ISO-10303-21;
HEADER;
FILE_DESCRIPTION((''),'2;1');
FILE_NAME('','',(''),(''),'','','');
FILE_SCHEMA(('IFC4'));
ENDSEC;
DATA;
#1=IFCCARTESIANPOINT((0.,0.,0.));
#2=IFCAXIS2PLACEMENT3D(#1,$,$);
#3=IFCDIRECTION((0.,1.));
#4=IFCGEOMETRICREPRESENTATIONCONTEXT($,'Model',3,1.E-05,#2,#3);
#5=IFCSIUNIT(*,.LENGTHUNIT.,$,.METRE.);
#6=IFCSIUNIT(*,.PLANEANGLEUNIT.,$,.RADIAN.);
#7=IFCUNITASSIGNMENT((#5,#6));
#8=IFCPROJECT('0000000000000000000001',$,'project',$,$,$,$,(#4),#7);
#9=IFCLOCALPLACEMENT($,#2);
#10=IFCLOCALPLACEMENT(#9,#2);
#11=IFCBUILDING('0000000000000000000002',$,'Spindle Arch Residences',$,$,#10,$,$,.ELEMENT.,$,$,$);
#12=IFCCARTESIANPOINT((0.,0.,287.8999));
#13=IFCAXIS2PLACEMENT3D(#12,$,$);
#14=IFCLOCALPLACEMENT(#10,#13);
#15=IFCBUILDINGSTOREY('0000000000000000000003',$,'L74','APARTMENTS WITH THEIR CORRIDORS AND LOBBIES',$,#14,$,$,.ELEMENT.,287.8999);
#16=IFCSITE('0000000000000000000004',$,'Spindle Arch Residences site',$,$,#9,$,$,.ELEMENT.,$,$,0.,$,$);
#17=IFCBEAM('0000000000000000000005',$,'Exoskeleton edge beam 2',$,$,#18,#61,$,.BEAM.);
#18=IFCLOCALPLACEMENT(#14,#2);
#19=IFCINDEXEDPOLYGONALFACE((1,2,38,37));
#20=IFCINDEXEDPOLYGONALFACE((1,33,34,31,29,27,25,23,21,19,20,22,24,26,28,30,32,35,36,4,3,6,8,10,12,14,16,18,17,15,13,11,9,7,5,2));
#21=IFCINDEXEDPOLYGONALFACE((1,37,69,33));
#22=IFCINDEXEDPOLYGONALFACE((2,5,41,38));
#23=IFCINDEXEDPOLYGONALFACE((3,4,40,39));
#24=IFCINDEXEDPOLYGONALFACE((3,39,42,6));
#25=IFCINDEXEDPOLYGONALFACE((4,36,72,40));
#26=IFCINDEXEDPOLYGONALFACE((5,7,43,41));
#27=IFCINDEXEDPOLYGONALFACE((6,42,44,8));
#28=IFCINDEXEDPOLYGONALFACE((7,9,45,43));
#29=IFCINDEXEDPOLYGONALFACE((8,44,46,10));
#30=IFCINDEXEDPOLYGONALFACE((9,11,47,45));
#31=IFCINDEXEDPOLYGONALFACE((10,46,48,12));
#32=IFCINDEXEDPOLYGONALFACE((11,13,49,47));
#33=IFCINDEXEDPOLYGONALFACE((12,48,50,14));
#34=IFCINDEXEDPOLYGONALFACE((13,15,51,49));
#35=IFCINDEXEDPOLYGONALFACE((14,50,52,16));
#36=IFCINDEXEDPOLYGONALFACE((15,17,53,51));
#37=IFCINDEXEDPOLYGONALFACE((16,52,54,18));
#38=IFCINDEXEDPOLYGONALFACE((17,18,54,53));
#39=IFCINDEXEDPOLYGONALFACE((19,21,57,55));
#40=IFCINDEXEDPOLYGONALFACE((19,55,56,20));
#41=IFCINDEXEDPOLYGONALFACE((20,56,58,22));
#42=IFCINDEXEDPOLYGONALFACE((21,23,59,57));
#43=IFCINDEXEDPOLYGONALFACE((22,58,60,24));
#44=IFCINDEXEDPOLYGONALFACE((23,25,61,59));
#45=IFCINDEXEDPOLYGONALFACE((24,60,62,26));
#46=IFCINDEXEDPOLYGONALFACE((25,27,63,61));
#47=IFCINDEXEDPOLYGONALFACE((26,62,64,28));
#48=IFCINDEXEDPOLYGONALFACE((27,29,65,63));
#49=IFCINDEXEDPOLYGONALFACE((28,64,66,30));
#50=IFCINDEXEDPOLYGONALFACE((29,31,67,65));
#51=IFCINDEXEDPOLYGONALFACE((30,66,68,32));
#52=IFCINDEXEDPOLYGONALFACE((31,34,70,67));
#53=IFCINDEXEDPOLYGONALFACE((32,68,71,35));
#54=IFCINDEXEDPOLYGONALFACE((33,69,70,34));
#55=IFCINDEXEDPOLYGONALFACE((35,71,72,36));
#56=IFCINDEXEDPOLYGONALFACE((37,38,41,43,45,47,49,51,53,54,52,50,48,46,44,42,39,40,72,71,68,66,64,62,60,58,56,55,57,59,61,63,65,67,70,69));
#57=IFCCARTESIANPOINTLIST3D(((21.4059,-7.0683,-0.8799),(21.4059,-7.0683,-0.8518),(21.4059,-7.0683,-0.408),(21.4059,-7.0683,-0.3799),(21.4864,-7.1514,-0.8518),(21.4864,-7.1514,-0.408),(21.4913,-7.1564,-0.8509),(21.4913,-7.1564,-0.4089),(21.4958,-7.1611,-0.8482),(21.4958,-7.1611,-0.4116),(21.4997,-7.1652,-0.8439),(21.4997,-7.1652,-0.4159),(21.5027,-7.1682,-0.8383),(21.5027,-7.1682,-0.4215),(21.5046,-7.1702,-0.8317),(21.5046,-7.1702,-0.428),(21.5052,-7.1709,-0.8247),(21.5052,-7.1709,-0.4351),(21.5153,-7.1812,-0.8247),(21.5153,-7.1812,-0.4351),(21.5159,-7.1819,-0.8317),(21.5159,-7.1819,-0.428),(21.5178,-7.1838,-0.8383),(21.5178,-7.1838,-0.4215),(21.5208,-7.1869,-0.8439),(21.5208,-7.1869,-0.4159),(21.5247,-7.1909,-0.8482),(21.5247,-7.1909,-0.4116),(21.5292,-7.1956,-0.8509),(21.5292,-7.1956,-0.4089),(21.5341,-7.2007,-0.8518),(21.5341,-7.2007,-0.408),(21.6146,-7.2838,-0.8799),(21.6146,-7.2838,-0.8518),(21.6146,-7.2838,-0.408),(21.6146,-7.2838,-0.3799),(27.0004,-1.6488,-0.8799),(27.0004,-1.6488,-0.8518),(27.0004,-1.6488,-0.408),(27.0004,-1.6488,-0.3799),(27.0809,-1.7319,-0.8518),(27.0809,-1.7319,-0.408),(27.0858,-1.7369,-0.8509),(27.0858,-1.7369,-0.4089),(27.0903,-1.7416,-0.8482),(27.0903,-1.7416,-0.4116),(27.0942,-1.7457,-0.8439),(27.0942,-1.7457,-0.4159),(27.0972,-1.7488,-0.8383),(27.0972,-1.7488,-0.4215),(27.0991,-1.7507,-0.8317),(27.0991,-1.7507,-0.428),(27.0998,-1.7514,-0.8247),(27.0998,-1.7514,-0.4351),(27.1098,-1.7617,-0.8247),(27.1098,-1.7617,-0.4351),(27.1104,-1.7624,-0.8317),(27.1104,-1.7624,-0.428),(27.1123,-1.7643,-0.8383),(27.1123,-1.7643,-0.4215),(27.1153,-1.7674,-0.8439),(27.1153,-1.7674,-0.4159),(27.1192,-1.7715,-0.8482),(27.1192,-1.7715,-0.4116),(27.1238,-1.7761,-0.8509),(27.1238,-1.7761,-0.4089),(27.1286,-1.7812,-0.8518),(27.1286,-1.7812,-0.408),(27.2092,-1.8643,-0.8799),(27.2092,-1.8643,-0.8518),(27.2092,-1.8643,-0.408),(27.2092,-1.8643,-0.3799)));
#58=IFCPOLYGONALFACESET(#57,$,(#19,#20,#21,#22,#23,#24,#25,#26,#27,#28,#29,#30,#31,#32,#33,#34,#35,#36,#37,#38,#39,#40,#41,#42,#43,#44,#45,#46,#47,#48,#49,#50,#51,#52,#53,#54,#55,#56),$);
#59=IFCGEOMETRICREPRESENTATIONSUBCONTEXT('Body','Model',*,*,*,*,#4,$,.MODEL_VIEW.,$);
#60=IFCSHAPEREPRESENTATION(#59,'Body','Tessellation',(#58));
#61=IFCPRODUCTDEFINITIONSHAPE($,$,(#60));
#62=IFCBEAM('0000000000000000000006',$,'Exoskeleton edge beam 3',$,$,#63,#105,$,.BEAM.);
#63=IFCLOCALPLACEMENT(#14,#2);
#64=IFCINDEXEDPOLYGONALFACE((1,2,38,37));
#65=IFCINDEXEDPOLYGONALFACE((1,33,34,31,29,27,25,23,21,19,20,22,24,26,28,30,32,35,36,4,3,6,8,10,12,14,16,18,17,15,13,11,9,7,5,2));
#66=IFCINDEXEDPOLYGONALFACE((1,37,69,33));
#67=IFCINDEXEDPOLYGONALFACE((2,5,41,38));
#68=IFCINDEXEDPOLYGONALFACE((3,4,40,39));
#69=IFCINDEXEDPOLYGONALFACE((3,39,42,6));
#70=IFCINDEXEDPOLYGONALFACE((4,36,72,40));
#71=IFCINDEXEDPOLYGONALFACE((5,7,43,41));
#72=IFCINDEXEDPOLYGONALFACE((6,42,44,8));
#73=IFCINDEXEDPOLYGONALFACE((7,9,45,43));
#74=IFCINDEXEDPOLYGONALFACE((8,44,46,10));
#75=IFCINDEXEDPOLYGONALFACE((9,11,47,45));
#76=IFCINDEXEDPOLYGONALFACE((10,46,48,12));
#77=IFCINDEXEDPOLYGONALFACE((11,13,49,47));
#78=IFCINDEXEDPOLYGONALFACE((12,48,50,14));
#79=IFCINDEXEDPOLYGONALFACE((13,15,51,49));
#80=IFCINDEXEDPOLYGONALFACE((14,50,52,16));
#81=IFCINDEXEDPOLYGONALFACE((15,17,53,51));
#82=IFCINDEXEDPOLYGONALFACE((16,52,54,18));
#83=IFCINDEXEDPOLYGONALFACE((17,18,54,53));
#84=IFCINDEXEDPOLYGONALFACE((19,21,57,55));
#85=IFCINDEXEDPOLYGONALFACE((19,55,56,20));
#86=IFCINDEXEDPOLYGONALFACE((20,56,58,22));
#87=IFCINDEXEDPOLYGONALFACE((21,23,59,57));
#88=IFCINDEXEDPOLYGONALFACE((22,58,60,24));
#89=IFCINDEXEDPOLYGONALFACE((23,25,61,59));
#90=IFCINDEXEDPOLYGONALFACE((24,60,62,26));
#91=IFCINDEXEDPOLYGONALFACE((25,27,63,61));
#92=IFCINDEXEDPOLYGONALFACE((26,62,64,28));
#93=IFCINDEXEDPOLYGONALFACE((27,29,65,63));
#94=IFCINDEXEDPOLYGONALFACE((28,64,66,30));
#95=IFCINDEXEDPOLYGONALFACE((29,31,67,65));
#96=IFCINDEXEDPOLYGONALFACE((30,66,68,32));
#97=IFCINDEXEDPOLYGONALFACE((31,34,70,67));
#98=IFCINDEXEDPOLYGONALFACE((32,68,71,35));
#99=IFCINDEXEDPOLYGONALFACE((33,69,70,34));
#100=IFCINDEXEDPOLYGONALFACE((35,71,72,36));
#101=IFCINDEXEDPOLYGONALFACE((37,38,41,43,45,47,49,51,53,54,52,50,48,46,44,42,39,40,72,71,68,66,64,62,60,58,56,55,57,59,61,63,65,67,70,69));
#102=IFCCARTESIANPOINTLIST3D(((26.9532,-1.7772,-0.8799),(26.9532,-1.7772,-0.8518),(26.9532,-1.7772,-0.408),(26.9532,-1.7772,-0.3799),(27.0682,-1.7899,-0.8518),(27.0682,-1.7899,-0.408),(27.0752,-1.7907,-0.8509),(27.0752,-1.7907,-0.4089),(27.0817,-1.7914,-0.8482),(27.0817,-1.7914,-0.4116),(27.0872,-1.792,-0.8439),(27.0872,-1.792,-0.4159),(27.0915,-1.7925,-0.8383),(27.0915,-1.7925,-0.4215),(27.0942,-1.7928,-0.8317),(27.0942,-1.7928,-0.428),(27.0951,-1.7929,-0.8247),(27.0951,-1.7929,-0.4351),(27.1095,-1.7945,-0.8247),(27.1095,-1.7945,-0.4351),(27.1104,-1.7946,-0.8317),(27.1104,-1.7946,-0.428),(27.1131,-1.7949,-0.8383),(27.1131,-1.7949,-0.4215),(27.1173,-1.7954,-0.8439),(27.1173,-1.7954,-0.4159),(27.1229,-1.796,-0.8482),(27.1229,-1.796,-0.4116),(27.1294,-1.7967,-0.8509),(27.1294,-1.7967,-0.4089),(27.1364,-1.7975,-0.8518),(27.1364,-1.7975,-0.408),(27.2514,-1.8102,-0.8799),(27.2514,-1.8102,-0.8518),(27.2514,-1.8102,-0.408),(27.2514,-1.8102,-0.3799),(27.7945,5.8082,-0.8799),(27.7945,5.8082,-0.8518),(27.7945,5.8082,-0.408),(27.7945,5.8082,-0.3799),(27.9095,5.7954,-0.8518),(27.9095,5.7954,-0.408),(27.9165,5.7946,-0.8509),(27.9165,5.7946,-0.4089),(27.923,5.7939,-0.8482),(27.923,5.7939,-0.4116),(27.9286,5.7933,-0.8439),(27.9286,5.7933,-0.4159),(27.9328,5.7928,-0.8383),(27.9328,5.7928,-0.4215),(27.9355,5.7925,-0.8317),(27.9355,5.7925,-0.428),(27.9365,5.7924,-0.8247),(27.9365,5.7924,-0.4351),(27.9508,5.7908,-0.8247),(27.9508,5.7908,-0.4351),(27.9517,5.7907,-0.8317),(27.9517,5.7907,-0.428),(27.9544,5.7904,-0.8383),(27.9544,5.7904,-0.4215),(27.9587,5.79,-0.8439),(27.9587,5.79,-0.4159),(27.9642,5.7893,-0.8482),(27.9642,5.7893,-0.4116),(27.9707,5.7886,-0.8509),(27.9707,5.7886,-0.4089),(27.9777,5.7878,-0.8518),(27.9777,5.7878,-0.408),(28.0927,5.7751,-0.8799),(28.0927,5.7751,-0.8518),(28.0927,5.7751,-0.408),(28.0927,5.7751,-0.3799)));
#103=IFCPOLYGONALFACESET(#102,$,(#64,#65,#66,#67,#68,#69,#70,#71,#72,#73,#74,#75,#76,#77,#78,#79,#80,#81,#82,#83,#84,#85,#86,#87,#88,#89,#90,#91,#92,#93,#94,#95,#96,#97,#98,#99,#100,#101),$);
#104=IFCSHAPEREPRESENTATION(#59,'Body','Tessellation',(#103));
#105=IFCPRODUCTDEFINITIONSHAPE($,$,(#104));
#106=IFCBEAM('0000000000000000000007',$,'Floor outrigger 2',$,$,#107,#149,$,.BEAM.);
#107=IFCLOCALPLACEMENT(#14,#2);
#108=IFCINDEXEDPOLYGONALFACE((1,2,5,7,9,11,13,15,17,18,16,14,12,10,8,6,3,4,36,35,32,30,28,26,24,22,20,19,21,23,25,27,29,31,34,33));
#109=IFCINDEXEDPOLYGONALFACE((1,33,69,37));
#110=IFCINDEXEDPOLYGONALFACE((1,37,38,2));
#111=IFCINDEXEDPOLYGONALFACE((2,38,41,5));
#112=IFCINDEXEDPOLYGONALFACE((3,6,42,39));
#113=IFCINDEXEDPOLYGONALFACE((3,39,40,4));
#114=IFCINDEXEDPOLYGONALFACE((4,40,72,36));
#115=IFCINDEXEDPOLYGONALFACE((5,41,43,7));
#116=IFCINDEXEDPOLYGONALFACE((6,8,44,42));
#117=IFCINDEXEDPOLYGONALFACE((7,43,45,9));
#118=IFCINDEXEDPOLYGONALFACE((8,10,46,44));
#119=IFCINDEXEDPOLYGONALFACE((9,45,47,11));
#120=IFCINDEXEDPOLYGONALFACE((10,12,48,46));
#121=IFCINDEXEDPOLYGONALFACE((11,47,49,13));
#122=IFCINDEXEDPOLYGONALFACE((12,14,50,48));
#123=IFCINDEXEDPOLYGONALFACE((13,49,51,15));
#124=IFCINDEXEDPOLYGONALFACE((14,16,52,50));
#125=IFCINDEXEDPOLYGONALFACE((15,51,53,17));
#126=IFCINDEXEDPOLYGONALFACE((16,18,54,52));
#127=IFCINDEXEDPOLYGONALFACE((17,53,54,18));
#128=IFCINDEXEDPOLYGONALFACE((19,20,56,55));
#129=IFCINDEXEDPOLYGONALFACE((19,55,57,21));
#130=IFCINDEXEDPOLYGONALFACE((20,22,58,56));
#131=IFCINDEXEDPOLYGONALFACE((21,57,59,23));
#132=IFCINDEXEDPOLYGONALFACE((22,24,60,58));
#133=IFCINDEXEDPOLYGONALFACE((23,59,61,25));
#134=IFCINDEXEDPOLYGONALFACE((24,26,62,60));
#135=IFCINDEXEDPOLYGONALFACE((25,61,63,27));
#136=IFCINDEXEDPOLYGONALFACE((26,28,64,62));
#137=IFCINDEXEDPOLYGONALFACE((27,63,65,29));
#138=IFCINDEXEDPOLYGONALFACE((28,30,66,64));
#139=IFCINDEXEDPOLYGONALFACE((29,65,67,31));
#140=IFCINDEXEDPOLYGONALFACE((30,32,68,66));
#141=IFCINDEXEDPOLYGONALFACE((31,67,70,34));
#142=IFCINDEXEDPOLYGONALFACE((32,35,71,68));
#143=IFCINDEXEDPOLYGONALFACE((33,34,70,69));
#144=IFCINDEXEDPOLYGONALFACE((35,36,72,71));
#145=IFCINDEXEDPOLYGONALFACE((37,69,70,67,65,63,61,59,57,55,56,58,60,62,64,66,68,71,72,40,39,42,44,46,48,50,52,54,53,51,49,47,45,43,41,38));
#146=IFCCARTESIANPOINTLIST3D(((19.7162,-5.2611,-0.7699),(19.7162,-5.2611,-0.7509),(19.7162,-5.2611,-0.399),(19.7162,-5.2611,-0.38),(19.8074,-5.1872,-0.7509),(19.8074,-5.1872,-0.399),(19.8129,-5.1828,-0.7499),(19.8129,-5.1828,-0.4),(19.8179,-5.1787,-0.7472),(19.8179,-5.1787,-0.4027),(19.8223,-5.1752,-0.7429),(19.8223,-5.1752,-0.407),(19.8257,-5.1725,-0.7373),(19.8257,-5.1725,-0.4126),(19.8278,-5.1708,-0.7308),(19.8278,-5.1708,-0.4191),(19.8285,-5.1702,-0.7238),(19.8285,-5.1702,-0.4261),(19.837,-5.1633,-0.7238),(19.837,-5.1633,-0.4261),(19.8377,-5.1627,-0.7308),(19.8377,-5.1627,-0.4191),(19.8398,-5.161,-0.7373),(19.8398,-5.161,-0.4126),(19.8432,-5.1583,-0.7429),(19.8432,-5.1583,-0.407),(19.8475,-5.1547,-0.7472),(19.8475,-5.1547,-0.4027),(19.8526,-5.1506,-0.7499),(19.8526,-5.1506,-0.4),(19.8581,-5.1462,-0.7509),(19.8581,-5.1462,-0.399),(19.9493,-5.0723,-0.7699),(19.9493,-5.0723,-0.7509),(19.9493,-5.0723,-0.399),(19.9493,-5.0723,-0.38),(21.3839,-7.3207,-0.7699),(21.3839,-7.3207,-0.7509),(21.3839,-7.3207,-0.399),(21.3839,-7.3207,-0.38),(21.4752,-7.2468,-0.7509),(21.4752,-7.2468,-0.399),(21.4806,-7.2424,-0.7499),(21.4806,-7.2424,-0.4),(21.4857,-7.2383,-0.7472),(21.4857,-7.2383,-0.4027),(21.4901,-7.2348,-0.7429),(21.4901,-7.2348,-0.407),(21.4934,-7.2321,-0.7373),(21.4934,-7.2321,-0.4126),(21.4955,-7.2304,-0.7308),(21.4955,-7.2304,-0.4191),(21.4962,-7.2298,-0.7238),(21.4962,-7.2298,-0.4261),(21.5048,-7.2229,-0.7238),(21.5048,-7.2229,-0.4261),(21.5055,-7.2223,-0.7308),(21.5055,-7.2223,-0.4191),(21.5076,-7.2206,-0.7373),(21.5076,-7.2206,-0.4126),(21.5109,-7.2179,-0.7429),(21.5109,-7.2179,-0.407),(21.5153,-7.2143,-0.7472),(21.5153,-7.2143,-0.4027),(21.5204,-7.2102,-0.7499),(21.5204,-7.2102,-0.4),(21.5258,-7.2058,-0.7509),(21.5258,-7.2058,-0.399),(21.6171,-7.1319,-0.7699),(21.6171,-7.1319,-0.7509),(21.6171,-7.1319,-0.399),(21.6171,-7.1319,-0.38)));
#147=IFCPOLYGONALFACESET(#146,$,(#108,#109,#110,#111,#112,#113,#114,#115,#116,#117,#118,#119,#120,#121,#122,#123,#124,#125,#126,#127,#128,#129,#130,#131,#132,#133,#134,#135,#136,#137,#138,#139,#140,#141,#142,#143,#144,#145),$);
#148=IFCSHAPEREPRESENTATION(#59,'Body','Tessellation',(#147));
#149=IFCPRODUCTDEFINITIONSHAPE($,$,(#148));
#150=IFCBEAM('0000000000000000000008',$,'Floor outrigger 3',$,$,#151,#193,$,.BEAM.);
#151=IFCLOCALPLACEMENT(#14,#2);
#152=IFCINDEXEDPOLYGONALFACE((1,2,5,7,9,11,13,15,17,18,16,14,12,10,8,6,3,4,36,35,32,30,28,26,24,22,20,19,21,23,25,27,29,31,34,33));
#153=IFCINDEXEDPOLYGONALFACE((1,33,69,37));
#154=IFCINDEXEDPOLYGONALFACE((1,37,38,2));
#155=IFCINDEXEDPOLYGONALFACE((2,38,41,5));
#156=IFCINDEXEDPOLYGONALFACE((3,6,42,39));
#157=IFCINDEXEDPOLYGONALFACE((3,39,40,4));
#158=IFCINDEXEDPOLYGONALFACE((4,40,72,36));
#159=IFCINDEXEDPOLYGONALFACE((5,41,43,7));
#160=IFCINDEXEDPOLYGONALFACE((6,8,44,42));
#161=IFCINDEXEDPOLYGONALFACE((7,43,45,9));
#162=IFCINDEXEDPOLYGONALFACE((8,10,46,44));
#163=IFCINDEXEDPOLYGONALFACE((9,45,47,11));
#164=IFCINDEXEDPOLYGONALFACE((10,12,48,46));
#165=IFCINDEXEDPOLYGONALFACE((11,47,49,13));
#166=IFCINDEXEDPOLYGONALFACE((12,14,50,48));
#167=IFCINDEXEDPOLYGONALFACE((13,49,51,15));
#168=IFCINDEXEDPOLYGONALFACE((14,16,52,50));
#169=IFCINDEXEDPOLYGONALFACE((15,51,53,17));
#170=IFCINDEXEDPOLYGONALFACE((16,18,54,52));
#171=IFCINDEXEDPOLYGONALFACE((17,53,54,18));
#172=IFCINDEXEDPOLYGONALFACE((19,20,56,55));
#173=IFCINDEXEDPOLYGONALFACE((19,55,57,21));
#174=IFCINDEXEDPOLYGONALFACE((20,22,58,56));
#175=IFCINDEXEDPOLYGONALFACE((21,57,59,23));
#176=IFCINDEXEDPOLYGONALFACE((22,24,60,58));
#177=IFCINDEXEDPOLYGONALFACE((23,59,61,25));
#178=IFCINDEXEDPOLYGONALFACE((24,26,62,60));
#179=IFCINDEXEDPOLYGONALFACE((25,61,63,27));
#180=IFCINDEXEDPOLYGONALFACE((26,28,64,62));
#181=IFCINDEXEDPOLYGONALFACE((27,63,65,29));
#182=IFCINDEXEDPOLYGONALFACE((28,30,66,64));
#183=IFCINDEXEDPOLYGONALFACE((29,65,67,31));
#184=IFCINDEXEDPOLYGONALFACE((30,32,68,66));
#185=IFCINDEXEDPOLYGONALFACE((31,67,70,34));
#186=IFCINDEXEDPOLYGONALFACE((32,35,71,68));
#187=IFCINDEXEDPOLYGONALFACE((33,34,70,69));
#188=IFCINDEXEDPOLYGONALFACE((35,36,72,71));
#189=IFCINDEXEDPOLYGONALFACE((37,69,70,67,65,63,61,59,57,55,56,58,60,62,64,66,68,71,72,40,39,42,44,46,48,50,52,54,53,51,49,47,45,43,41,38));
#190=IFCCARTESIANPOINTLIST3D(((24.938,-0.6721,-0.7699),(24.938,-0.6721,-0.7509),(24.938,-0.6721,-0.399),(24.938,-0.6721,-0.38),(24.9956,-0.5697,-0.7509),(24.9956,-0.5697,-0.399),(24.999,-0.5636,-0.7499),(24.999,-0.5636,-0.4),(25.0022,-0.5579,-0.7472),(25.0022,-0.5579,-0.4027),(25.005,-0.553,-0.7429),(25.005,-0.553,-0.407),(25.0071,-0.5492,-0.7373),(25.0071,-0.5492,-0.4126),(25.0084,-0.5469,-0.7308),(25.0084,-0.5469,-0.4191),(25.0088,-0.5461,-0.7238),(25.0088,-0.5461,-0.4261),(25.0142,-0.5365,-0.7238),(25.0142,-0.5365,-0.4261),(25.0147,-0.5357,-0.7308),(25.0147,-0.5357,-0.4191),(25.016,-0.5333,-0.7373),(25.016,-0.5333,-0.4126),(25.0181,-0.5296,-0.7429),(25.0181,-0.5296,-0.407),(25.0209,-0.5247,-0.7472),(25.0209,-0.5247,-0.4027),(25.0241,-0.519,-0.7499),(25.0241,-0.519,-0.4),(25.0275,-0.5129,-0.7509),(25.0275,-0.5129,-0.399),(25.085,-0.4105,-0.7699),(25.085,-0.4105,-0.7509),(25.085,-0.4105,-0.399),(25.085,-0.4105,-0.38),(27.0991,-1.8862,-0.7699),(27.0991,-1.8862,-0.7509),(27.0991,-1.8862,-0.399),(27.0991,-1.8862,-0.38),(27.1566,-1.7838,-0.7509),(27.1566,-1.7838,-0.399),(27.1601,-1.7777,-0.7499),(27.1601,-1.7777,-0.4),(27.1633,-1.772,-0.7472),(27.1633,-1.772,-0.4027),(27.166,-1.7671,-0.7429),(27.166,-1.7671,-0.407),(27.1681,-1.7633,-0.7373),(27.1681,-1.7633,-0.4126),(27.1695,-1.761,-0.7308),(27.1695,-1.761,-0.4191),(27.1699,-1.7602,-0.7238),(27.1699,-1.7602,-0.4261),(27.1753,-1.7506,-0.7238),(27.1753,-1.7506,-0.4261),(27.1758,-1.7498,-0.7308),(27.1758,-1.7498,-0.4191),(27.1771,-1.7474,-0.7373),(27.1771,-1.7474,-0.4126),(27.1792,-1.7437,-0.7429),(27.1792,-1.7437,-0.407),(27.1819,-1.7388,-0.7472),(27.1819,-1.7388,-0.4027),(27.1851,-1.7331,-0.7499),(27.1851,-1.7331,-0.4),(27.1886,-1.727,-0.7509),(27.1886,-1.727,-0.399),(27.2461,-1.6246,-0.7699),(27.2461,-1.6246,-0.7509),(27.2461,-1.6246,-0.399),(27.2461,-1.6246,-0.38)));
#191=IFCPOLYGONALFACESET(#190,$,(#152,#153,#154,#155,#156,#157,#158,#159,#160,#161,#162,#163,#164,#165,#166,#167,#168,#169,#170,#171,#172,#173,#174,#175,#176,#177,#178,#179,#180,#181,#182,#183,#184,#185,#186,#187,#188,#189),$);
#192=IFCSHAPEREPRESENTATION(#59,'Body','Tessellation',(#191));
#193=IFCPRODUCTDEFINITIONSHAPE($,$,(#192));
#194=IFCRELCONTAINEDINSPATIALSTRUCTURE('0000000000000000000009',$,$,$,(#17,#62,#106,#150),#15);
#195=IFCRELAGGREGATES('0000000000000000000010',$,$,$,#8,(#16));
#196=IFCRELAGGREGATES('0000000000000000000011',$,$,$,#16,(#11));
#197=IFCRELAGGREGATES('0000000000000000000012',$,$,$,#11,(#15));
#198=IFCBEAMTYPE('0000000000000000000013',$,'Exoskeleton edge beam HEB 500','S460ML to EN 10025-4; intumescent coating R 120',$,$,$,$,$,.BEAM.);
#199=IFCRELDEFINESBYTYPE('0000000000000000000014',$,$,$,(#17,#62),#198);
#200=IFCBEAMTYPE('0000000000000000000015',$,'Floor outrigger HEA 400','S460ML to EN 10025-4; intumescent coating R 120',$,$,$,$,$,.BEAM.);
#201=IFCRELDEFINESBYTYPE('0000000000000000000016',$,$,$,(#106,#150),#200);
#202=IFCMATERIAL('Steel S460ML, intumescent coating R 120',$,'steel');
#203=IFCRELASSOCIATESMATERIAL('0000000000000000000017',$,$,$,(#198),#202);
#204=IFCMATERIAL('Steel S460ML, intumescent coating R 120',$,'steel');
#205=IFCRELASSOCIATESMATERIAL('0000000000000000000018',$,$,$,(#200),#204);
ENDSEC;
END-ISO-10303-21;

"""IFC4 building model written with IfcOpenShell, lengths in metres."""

from ifc_helpers import new_model, si_unit, direction, frame, origin, origin_2d, place, context, subcontext, project, spatial, i_section, extrude, material, material_profile, profile_set, type_object, element, save


model = new_model("IFC4")

# Units and contexts
model_context = context("Model", 3, precision=1e-05, world=origin(), true_north=direction((0.0, 1.0)))
body_context = subcontext(model_context, "Body", "Model", "MODEL_VIEW")
ifc_project = project(units=[si_unit("LENGTHUNIT", "METRE"), si_unit("PLANEANGLEUNIT", "RADIAN")], contexts=[model_context])

# Site, building, storey
site_placement = place(None, origin())
site = spatial("IfcSite", under=ifc_project, at=site_placement, Name="Spindle Arch Residences site", CompositionType="ELEMENT", RefElevation=0.0)
building_placement = place(site_placement, origin())
building = spatial("IfcBuilding", under=site, at=building_placement, Name="Spindle Arch Residences", CompositionType="ELEMENT")
storey_placement = place(building_placement, frame((0.0, 0.0, 287.8999)))
storey = spatial("IfcBuildingStorey", under=building, at=storey_placement, Name="L74", Description="APARTMENTS WITH THEIR CORRIDORS AND LOBBIES", CompositionType="ELEMENT", Elevation=287.8999)

# Beams
ifc_material_1 = material(Name="Steel S460ML, intumescent coating R 120", Category="steel")
ifc_material_profile_1 = material_profile(ifc_material_1, i_section(OverallWidth=0.3, OverallDepth=0.5, WebThickness=0.0144, FlangeThickness=0.0281, FilletRadius=0.0271, at=origin_2d()), Name="HEB 500")
ifc_profile_set_1 = profile_set([ifc_material_profile_1], Name="Steel S460ML, intumescent coating R 120")
beam_type_1 = type_object("IfcBeamType", Name="Exoskeleton edge beam HEB 500", Description="S460ML to EN 10025-4; intumescent coating R 120", PredefinedType="BEAM", material=ifc_profile_set_1)
beam_1_placement = place(storey_placement, frame((21.5103, -7.176, -0.6299), z_axis=(0.718254, 0.695781, 0.0), x_axis=(-0.695781, 0.718254, 0.0)))
element("IfcBeam", 1, at=beam_1_placement, inside=storey, type_object=beam_type_1, Name="Exoskeleton edge beam 2", PredefinedType="BEAM", context=body_context, shape_type="SweptSolid", body=[
    extrude(i_section(OverallWidth=0.3, OverallDepth=0.5, WebThickness=0.0144, FlangeThickness=0.0281, FilletRadius=0.0271, at=origin_2d()), origin(), (0.0, 0.0, 1.0), 7.7891),
])
beam_2_placement = place(storey_placement, frame((27.1023, -1.7937, -0.6299), z_axis=(0.110238, 0.993905, 0.0), x_axis=(-0.993905, 0.110238, 0.0)))
element("IfcBeam", 2, at=beam_2_placement, inside=storey, type_object=beam_type_1, Name="Exoskeleton edge beam 3", PredefinedType="BEAM", context=body_context, shape_type="SweptSolid", body=[
    extrude(i_section(OverallWidth=0.3, OverallDepth=0.5, WebThickness=0.0144, FlangeThickness=0.0281, FilletRadius=0.0271, at=origin_2d()), origin(), (0.0, 0.0, 1.0), 7.6318),
])
ifc_material_2 = material(Name="Steel S460ML, intumescent coating R 120", Category="steel")
ifc_material_profile_2 = material_profile(ifc_material_2, i_section(OverallWidth=0.3, OverallDepth=0.3899, WebThickness=0.011, FlangeThickness=0.019, FilletRadius=0.0271, at=origin_2d()), Name="HEA 400")
ifc_profile_set_2 = profile_set([ifc_material_profile_2], Name="Steel S460ML, intumescent coating R 120")
beam_type_2 = type_object("IfcBeamType", Name="Floor outrigger HEA 400", Description="S460ML to EN 10025-4; intumescent coating R 120", PredefinedType="BEAM", material=ifc_profile_set_2)
beam_3_placement = place(storey_placement, frame((21.5005, -7.2263, -0.575), z_axis=(-0.629302, 0.777161, 0.0), x_axis=(-0.777161, -0.629302, 0.0)))
element("IfcBeam", 3, at=beam_3_placement, inside=storey, type_object=beam_type_2, Name="Floor outrigger 2", PredefinedType="BEAM", context=body_context, shape_type="SweptSolid", body=[
    extrude(i_section(OverallWidth=0.3, OverallDepth=0.3899, WebThickness=0.011, FlangeThickness=0.019, FilletRadius=0.0271, at=origin_2d()), origin(), (0.0, 0.0, 1.0), 2.6501),
])
beam_4_placement = place(storey_placement, frame((27.1726, -1.7554, -0.575), z_axis=(-0.871838, 0.489794, 0.0), x_axis=(-0.489794, -0.871838, 0.0)))
element("IfcBeam", 4, at=beam_4_placement, inside=storey, type_object=beam_type_2, Name="Floor outrigger 3", PredefinedType="BEAM", context=body_context, shape_type="SweptSolid", body=[
    extrude(i_section(OverallWidth=0.3, OverallDepth=0.3899, WebThickness=0.011, FlangeThickness=0.019, FilletRadius=0.0271, at=origin_2d()), origin(), (0.0, 0.0, 1.0), 2.4788),
])

save(model, "model.ifc")
